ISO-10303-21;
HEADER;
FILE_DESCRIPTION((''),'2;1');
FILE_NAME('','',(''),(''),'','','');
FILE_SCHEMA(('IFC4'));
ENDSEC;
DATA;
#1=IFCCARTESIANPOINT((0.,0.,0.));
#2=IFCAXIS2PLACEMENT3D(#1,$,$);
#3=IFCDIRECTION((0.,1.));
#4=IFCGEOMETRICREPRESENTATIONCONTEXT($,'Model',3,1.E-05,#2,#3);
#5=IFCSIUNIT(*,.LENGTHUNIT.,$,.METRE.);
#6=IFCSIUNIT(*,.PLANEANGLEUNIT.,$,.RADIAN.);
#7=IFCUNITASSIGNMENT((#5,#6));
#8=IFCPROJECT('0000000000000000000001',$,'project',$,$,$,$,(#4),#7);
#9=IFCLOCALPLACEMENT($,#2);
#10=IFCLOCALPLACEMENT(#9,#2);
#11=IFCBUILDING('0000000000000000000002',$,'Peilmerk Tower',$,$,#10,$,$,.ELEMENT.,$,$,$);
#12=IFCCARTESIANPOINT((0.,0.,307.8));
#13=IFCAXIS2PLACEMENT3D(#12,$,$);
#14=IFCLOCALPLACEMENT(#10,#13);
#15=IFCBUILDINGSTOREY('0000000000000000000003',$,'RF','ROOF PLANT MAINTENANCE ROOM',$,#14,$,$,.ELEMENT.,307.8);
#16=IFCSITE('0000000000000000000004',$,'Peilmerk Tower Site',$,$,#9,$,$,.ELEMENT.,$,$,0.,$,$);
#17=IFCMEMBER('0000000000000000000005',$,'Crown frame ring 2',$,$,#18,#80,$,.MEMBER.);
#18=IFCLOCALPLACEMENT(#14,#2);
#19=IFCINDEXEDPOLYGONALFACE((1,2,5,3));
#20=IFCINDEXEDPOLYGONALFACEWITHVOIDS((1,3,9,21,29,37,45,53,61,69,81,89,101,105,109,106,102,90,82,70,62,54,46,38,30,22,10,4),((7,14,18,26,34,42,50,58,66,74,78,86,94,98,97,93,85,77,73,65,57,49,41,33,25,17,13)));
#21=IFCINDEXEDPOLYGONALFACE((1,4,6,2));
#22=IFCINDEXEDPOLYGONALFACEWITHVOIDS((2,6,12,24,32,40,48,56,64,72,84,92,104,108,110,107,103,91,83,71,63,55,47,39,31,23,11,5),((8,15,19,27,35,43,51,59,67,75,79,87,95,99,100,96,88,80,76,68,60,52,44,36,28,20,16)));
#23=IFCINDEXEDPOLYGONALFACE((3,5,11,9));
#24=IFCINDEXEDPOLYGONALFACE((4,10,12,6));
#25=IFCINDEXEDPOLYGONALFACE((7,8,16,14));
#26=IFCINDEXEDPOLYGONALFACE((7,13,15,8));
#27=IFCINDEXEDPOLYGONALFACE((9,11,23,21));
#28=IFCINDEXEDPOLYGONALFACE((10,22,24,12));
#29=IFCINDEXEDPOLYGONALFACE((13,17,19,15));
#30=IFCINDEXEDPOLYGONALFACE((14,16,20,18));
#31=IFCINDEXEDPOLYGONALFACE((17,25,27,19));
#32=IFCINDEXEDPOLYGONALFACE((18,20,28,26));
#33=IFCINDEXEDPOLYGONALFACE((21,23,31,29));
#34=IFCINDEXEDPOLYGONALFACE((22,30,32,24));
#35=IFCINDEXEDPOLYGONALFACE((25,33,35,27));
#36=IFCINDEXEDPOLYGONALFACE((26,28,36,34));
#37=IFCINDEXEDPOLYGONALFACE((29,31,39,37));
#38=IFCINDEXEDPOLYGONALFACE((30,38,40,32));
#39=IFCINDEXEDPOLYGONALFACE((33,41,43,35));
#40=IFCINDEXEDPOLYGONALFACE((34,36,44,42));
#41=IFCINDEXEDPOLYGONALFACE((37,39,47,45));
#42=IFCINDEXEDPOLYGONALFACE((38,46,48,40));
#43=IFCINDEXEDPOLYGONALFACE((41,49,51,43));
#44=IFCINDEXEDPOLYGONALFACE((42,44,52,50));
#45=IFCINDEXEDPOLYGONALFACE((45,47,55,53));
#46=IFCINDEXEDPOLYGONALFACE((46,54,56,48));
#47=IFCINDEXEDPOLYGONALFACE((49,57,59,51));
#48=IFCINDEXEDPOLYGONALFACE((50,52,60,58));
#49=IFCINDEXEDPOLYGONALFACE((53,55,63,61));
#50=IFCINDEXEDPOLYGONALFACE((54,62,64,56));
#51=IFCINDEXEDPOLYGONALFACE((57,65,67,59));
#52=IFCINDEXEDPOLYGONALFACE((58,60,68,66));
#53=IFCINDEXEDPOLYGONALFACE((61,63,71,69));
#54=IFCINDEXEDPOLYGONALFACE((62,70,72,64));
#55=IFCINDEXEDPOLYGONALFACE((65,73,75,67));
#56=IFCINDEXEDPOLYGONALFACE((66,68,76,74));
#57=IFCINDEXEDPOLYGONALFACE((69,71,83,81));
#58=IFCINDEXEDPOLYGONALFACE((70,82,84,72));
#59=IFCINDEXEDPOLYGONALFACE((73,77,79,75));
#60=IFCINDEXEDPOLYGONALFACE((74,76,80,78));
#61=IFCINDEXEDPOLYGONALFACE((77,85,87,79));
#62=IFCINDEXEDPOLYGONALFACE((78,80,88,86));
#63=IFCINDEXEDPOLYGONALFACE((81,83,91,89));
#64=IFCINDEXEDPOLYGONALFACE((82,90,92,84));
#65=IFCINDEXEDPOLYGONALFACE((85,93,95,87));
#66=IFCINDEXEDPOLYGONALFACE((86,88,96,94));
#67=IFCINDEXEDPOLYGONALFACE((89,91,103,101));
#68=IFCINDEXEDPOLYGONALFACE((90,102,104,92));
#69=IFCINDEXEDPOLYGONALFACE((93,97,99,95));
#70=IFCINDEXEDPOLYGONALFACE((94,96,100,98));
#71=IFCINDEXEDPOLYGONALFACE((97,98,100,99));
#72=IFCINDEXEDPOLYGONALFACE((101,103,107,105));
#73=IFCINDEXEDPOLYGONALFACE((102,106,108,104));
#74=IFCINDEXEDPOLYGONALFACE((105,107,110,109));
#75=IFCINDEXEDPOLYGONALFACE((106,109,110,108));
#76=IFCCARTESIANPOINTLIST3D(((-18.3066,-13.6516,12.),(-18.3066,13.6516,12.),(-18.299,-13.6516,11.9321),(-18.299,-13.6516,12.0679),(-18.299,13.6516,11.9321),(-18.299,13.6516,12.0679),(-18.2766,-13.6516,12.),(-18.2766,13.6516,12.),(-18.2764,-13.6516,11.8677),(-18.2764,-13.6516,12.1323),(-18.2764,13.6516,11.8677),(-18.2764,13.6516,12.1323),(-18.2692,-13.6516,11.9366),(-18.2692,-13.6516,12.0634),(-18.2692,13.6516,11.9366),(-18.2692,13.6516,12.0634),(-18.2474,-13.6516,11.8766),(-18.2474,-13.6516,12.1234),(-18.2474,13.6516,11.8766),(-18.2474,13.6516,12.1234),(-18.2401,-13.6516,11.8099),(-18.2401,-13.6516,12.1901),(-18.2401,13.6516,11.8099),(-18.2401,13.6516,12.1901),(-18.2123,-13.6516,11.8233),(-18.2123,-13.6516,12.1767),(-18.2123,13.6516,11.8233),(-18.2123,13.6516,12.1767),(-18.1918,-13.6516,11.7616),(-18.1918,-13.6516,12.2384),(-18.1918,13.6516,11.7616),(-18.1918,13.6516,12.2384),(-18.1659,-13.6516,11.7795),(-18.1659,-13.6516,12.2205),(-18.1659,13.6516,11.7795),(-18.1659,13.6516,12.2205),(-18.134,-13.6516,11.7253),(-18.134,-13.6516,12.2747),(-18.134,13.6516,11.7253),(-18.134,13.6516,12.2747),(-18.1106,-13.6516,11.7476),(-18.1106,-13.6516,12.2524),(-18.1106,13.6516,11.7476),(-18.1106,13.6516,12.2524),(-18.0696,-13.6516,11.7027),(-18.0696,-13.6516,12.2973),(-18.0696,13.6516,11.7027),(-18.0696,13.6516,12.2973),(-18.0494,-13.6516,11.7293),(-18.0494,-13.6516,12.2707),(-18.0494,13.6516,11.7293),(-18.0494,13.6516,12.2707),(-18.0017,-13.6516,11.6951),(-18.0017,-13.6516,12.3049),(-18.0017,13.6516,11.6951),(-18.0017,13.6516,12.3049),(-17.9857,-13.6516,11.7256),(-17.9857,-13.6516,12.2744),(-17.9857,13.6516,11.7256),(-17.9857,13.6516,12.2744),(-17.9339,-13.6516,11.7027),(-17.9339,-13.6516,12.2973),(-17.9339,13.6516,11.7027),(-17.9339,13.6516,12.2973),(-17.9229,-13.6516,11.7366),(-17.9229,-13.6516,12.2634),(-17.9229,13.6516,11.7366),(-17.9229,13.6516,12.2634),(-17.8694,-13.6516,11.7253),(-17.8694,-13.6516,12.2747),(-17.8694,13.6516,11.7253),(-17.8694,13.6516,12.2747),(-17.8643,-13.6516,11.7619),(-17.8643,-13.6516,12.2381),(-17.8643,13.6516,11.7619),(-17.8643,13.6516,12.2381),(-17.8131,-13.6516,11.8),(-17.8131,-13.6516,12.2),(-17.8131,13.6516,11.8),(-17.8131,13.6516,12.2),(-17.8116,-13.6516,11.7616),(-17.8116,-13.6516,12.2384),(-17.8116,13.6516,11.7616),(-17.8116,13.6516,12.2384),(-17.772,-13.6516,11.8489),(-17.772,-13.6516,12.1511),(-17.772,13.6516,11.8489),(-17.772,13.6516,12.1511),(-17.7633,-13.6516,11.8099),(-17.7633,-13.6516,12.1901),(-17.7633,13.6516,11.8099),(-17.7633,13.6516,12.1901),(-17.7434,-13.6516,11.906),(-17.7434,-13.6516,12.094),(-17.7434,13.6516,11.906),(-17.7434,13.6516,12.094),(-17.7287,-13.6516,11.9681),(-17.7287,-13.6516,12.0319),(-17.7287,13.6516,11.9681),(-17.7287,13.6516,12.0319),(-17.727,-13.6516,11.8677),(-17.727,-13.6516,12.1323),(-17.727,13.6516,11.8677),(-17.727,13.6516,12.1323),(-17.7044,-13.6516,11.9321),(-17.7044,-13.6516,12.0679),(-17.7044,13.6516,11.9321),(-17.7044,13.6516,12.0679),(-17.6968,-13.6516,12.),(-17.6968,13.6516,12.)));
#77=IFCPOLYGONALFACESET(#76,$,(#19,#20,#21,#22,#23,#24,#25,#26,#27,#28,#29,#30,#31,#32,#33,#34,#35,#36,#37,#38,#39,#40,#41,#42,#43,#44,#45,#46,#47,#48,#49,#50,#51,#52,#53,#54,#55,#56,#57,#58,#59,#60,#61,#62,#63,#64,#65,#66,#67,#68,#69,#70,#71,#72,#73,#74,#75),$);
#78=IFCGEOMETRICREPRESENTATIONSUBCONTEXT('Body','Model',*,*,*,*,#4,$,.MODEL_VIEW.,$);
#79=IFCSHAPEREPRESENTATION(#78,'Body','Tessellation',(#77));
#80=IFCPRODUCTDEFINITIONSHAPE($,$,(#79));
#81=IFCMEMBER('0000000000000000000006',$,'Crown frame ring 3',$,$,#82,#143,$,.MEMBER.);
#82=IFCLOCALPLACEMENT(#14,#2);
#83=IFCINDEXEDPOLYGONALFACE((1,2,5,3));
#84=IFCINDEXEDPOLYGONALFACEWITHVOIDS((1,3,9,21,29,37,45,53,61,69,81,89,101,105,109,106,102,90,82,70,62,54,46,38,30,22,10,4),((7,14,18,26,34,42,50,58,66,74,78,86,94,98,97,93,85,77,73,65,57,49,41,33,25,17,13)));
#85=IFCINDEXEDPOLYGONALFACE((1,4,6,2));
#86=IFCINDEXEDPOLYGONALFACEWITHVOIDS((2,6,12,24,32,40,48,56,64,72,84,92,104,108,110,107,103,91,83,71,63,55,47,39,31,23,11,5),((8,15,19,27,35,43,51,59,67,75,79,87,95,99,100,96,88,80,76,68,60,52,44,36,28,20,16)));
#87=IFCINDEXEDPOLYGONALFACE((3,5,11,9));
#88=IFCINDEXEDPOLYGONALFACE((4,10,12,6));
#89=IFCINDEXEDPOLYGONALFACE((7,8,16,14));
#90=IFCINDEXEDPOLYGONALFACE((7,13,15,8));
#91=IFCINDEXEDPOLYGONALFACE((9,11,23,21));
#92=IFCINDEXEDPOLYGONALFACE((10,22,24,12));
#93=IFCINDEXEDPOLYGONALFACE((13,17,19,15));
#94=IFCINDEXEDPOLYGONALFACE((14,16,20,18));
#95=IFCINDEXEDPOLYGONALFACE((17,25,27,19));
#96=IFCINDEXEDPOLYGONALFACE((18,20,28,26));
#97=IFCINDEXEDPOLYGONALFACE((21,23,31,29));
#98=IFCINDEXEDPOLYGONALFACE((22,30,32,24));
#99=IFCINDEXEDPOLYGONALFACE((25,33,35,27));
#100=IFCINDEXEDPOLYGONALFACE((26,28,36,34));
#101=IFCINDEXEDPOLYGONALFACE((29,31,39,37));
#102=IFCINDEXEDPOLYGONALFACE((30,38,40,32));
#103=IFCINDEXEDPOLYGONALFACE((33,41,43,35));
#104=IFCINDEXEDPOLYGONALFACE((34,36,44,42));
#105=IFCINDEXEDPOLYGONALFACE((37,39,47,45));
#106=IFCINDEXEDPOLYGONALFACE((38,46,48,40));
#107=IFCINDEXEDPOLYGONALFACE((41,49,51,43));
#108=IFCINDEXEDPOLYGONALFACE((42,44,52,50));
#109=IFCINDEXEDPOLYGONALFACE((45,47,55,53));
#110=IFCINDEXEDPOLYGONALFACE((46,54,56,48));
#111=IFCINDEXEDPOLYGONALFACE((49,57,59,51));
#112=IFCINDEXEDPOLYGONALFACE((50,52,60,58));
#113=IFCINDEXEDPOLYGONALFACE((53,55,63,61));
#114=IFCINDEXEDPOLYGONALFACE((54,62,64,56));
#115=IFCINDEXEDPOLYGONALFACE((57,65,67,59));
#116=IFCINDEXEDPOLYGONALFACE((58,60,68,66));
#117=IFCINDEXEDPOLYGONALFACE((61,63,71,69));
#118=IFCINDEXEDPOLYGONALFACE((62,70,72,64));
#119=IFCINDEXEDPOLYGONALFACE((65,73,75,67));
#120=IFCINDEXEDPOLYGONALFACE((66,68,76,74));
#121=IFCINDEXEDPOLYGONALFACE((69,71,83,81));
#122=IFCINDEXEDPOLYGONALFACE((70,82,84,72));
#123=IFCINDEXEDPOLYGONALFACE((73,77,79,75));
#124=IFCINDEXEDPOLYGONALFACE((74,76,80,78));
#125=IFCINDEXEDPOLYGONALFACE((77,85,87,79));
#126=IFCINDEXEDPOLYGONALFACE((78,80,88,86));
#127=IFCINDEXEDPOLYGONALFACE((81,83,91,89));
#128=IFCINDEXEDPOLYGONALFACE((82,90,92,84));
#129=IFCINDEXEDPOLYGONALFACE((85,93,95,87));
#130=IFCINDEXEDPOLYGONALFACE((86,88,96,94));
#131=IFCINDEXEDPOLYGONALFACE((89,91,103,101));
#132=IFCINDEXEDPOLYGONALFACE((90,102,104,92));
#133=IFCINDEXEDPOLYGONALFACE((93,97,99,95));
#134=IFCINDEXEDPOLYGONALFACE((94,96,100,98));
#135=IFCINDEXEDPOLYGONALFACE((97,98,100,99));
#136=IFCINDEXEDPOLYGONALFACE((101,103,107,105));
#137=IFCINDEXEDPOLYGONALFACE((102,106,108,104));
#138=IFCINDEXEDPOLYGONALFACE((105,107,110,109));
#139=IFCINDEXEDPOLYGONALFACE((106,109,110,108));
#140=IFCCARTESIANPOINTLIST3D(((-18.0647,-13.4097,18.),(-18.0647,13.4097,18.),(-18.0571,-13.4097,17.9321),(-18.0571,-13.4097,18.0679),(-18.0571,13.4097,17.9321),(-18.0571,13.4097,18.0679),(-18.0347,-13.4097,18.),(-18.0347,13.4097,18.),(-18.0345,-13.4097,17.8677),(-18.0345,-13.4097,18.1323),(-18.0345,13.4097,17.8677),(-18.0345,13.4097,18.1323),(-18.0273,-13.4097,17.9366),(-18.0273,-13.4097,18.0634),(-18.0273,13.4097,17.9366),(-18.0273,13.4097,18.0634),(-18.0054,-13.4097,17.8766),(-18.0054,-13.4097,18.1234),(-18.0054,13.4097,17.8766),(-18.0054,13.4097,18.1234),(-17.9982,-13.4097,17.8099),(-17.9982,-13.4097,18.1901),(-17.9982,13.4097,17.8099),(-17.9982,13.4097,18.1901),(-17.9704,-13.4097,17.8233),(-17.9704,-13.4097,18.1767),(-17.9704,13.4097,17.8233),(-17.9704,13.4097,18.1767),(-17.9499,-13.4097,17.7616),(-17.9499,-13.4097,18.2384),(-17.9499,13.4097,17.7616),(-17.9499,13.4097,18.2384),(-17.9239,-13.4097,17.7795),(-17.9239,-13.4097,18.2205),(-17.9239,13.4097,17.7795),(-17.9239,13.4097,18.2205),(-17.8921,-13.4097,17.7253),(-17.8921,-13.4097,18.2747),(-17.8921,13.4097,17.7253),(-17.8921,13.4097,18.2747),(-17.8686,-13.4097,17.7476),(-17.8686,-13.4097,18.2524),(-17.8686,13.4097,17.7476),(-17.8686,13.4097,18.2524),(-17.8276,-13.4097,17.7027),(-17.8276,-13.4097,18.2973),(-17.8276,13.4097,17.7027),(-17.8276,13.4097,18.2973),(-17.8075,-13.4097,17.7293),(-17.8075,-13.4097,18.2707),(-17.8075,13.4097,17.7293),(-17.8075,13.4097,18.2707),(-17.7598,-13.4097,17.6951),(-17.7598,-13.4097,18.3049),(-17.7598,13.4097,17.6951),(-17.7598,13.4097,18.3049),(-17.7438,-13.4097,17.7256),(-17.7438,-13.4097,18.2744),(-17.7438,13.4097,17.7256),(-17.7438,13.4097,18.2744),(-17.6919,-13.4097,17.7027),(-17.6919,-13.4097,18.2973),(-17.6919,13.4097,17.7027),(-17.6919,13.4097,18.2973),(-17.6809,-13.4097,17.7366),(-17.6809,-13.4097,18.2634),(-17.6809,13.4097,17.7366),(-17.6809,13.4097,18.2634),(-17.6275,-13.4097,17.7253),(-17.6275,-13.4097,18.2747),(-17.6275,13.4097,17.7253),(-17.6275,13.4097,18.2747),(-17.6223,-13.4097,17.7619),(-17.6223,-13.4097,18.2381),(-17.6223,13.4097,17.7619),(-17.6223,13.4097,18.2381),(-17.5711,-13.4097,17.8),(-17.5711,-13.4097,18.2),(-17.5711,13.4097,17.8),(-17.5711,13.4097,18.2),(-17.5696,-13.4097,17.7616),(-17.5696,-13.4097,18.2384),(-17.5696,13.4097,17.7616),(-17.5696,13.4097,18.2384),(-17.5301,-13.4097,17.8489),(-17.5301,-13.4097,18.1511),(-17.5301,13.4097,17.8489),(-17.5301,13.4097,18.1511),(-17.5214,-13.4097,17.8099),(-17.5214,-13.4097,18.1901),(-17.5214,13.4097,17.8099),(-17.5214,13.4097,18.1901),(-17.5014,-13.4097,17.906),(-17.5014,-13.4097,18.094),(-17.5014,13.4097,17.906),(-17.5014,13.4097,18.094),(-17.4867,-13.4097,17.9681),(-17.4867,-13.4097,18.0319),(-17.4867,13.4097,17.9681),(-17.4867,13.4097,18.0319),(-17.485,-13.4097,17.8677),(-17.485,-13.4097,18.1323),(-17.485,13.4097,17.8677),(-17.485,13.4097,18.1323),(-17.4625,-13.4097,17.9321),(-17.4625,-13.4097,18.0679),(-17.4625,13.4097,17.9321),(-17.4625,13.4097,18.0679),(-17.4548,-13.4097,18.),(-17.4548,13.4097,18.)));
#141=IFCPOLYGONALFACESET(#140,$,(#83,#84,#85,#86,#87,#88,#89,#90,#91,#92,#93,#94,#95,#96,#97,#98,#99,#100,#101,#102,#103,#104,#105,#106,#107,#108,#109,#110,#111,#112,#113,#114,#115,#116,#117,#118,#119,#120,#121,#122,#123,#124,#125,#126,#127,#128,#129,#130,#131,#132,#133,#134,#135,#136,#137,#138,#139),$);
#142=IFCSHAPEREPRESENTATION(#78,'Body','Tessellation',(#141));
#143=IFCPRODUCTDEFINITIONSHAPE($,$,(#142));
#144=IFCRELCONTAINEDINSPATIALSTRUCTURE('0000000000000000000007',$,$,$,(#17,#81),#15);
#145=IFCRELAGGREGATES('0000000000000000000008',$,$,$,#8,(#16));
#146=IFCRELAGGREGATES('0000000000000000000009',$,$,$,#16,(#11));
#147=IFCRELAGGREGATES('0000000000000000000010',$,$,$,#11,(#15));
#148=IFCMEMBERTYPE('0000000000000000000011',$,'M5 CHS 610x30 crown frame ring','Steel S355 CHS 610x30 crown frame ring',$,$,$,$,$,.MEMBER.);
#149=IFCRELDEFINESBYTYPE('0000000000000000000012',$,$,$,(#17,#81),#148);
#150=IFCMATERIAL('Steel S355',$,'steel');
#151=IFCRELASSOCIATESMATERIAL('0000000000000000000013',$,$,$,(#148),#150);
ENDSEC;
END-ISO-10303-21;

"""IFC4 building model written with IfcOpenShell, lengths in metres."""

from ifc_helpers import new_model, si_unit, direction, frame, origin, origin_2d, place, context, subcontext, project, spatial, hollow_circle, extrude, material, material_profile, profile_set, type_object, element, save


model = new_model("IFC4")

# Units and contexts
model_context = context("Model", 3, precision=1e-05, world=origin(), true_north=direction((0.0, 1.0)))
body_context = subcontext(model_context, "Body", "Model", "MODEL_VIEW")
ifc_project = project(units=[si_unit("LENGTHUNIT", "METRE"), si_unit("PLANEANGLEUNIT", "RADIAN")], contexts=[model_context])

# Site, building, storey
site_placement = place(None, origin())
site = spatial("IfcSite", under=ifc_project, at=site_placement, Name="Peilmerk Tower Site", CompositionType="ELEMENT", RefElevation=0.0)
building_placement = place(site_placement, origin())
building = spatial("IfcBuilding", under=site, at=building_placement, Name="Peilmerk Tower", CompositionType="ELEMENT")
storey_placement = place(building_placement, frame((0.0, 0.0, 307.8)))
storey = spatial("IfcBuildingStorey", under=building, at=storey_placement, Name="RF", Description="ROOF PLANT MAINTENANCE ROOM", CompositionType="ELEMENT", Elevation=307.8)

# Shared definitions
ifc_material_1 = material(Name="Steel S355", Category="steel")

# Members
ifc_material_profile_1 = material_profile(ifc_material_1, hollow_circle(Radius=0.3049, WallThickness=0.03, at=origin_2d()), Name="CHS 610x30")
ifc_profile_set_1 = profile_set([ifc_material_profile_1], Name="Steel S355")
member_type_1 = type_object("IfcMemberType", Name="M5 CHS 610x30 crown frame ring", Description="Steel S355 CHS 610x30 crown frame ring", PredefinedType="MEMBER", material=ifc_profile_set_1)
member_1_placement = place(storey_placement, frame((-18.0017, -13.6516, 12.0), z_axis=(0.0, 1.0, 0.0), x_axis=(-1.0, 0.0, 0.0)))
element("IfcMember", 1, at=member_1_placement, inside=storey, type_object=member_type_1, Name="Crown frame ring 2", PredefinedType="MEMBER", context=body_context, shape_type="SweptSolid", body=[
    extrude(hollow_circle(Radius=0.3049, WallThickness=0.03, at=origin_2d()), origin(), (0.0, 0.0, 1.0), 27.3032),
])
member_2_placement = place(storey_placement, frame((-17.7598, -13.4097, 18.0), z_axis=(0.0, 1.0, 0.0), x_axis=(-1.0, 0.0, 0.0)))
element("IfcMember", 2, at=member_2_placement, inside=storey, type_object=member_type_1, Name="Crown frame ring 3", PredefinedType="MEMBER", context=body_context, shape_type="SweptSolid", body=[
    extrude(hollow_circle(Radius=0.3049, WallThickness=0.03, at=origin_2d()), origin(), (0.0, 0.0, 1.0), 26.8193),
])

save(model, "model.ifc")
